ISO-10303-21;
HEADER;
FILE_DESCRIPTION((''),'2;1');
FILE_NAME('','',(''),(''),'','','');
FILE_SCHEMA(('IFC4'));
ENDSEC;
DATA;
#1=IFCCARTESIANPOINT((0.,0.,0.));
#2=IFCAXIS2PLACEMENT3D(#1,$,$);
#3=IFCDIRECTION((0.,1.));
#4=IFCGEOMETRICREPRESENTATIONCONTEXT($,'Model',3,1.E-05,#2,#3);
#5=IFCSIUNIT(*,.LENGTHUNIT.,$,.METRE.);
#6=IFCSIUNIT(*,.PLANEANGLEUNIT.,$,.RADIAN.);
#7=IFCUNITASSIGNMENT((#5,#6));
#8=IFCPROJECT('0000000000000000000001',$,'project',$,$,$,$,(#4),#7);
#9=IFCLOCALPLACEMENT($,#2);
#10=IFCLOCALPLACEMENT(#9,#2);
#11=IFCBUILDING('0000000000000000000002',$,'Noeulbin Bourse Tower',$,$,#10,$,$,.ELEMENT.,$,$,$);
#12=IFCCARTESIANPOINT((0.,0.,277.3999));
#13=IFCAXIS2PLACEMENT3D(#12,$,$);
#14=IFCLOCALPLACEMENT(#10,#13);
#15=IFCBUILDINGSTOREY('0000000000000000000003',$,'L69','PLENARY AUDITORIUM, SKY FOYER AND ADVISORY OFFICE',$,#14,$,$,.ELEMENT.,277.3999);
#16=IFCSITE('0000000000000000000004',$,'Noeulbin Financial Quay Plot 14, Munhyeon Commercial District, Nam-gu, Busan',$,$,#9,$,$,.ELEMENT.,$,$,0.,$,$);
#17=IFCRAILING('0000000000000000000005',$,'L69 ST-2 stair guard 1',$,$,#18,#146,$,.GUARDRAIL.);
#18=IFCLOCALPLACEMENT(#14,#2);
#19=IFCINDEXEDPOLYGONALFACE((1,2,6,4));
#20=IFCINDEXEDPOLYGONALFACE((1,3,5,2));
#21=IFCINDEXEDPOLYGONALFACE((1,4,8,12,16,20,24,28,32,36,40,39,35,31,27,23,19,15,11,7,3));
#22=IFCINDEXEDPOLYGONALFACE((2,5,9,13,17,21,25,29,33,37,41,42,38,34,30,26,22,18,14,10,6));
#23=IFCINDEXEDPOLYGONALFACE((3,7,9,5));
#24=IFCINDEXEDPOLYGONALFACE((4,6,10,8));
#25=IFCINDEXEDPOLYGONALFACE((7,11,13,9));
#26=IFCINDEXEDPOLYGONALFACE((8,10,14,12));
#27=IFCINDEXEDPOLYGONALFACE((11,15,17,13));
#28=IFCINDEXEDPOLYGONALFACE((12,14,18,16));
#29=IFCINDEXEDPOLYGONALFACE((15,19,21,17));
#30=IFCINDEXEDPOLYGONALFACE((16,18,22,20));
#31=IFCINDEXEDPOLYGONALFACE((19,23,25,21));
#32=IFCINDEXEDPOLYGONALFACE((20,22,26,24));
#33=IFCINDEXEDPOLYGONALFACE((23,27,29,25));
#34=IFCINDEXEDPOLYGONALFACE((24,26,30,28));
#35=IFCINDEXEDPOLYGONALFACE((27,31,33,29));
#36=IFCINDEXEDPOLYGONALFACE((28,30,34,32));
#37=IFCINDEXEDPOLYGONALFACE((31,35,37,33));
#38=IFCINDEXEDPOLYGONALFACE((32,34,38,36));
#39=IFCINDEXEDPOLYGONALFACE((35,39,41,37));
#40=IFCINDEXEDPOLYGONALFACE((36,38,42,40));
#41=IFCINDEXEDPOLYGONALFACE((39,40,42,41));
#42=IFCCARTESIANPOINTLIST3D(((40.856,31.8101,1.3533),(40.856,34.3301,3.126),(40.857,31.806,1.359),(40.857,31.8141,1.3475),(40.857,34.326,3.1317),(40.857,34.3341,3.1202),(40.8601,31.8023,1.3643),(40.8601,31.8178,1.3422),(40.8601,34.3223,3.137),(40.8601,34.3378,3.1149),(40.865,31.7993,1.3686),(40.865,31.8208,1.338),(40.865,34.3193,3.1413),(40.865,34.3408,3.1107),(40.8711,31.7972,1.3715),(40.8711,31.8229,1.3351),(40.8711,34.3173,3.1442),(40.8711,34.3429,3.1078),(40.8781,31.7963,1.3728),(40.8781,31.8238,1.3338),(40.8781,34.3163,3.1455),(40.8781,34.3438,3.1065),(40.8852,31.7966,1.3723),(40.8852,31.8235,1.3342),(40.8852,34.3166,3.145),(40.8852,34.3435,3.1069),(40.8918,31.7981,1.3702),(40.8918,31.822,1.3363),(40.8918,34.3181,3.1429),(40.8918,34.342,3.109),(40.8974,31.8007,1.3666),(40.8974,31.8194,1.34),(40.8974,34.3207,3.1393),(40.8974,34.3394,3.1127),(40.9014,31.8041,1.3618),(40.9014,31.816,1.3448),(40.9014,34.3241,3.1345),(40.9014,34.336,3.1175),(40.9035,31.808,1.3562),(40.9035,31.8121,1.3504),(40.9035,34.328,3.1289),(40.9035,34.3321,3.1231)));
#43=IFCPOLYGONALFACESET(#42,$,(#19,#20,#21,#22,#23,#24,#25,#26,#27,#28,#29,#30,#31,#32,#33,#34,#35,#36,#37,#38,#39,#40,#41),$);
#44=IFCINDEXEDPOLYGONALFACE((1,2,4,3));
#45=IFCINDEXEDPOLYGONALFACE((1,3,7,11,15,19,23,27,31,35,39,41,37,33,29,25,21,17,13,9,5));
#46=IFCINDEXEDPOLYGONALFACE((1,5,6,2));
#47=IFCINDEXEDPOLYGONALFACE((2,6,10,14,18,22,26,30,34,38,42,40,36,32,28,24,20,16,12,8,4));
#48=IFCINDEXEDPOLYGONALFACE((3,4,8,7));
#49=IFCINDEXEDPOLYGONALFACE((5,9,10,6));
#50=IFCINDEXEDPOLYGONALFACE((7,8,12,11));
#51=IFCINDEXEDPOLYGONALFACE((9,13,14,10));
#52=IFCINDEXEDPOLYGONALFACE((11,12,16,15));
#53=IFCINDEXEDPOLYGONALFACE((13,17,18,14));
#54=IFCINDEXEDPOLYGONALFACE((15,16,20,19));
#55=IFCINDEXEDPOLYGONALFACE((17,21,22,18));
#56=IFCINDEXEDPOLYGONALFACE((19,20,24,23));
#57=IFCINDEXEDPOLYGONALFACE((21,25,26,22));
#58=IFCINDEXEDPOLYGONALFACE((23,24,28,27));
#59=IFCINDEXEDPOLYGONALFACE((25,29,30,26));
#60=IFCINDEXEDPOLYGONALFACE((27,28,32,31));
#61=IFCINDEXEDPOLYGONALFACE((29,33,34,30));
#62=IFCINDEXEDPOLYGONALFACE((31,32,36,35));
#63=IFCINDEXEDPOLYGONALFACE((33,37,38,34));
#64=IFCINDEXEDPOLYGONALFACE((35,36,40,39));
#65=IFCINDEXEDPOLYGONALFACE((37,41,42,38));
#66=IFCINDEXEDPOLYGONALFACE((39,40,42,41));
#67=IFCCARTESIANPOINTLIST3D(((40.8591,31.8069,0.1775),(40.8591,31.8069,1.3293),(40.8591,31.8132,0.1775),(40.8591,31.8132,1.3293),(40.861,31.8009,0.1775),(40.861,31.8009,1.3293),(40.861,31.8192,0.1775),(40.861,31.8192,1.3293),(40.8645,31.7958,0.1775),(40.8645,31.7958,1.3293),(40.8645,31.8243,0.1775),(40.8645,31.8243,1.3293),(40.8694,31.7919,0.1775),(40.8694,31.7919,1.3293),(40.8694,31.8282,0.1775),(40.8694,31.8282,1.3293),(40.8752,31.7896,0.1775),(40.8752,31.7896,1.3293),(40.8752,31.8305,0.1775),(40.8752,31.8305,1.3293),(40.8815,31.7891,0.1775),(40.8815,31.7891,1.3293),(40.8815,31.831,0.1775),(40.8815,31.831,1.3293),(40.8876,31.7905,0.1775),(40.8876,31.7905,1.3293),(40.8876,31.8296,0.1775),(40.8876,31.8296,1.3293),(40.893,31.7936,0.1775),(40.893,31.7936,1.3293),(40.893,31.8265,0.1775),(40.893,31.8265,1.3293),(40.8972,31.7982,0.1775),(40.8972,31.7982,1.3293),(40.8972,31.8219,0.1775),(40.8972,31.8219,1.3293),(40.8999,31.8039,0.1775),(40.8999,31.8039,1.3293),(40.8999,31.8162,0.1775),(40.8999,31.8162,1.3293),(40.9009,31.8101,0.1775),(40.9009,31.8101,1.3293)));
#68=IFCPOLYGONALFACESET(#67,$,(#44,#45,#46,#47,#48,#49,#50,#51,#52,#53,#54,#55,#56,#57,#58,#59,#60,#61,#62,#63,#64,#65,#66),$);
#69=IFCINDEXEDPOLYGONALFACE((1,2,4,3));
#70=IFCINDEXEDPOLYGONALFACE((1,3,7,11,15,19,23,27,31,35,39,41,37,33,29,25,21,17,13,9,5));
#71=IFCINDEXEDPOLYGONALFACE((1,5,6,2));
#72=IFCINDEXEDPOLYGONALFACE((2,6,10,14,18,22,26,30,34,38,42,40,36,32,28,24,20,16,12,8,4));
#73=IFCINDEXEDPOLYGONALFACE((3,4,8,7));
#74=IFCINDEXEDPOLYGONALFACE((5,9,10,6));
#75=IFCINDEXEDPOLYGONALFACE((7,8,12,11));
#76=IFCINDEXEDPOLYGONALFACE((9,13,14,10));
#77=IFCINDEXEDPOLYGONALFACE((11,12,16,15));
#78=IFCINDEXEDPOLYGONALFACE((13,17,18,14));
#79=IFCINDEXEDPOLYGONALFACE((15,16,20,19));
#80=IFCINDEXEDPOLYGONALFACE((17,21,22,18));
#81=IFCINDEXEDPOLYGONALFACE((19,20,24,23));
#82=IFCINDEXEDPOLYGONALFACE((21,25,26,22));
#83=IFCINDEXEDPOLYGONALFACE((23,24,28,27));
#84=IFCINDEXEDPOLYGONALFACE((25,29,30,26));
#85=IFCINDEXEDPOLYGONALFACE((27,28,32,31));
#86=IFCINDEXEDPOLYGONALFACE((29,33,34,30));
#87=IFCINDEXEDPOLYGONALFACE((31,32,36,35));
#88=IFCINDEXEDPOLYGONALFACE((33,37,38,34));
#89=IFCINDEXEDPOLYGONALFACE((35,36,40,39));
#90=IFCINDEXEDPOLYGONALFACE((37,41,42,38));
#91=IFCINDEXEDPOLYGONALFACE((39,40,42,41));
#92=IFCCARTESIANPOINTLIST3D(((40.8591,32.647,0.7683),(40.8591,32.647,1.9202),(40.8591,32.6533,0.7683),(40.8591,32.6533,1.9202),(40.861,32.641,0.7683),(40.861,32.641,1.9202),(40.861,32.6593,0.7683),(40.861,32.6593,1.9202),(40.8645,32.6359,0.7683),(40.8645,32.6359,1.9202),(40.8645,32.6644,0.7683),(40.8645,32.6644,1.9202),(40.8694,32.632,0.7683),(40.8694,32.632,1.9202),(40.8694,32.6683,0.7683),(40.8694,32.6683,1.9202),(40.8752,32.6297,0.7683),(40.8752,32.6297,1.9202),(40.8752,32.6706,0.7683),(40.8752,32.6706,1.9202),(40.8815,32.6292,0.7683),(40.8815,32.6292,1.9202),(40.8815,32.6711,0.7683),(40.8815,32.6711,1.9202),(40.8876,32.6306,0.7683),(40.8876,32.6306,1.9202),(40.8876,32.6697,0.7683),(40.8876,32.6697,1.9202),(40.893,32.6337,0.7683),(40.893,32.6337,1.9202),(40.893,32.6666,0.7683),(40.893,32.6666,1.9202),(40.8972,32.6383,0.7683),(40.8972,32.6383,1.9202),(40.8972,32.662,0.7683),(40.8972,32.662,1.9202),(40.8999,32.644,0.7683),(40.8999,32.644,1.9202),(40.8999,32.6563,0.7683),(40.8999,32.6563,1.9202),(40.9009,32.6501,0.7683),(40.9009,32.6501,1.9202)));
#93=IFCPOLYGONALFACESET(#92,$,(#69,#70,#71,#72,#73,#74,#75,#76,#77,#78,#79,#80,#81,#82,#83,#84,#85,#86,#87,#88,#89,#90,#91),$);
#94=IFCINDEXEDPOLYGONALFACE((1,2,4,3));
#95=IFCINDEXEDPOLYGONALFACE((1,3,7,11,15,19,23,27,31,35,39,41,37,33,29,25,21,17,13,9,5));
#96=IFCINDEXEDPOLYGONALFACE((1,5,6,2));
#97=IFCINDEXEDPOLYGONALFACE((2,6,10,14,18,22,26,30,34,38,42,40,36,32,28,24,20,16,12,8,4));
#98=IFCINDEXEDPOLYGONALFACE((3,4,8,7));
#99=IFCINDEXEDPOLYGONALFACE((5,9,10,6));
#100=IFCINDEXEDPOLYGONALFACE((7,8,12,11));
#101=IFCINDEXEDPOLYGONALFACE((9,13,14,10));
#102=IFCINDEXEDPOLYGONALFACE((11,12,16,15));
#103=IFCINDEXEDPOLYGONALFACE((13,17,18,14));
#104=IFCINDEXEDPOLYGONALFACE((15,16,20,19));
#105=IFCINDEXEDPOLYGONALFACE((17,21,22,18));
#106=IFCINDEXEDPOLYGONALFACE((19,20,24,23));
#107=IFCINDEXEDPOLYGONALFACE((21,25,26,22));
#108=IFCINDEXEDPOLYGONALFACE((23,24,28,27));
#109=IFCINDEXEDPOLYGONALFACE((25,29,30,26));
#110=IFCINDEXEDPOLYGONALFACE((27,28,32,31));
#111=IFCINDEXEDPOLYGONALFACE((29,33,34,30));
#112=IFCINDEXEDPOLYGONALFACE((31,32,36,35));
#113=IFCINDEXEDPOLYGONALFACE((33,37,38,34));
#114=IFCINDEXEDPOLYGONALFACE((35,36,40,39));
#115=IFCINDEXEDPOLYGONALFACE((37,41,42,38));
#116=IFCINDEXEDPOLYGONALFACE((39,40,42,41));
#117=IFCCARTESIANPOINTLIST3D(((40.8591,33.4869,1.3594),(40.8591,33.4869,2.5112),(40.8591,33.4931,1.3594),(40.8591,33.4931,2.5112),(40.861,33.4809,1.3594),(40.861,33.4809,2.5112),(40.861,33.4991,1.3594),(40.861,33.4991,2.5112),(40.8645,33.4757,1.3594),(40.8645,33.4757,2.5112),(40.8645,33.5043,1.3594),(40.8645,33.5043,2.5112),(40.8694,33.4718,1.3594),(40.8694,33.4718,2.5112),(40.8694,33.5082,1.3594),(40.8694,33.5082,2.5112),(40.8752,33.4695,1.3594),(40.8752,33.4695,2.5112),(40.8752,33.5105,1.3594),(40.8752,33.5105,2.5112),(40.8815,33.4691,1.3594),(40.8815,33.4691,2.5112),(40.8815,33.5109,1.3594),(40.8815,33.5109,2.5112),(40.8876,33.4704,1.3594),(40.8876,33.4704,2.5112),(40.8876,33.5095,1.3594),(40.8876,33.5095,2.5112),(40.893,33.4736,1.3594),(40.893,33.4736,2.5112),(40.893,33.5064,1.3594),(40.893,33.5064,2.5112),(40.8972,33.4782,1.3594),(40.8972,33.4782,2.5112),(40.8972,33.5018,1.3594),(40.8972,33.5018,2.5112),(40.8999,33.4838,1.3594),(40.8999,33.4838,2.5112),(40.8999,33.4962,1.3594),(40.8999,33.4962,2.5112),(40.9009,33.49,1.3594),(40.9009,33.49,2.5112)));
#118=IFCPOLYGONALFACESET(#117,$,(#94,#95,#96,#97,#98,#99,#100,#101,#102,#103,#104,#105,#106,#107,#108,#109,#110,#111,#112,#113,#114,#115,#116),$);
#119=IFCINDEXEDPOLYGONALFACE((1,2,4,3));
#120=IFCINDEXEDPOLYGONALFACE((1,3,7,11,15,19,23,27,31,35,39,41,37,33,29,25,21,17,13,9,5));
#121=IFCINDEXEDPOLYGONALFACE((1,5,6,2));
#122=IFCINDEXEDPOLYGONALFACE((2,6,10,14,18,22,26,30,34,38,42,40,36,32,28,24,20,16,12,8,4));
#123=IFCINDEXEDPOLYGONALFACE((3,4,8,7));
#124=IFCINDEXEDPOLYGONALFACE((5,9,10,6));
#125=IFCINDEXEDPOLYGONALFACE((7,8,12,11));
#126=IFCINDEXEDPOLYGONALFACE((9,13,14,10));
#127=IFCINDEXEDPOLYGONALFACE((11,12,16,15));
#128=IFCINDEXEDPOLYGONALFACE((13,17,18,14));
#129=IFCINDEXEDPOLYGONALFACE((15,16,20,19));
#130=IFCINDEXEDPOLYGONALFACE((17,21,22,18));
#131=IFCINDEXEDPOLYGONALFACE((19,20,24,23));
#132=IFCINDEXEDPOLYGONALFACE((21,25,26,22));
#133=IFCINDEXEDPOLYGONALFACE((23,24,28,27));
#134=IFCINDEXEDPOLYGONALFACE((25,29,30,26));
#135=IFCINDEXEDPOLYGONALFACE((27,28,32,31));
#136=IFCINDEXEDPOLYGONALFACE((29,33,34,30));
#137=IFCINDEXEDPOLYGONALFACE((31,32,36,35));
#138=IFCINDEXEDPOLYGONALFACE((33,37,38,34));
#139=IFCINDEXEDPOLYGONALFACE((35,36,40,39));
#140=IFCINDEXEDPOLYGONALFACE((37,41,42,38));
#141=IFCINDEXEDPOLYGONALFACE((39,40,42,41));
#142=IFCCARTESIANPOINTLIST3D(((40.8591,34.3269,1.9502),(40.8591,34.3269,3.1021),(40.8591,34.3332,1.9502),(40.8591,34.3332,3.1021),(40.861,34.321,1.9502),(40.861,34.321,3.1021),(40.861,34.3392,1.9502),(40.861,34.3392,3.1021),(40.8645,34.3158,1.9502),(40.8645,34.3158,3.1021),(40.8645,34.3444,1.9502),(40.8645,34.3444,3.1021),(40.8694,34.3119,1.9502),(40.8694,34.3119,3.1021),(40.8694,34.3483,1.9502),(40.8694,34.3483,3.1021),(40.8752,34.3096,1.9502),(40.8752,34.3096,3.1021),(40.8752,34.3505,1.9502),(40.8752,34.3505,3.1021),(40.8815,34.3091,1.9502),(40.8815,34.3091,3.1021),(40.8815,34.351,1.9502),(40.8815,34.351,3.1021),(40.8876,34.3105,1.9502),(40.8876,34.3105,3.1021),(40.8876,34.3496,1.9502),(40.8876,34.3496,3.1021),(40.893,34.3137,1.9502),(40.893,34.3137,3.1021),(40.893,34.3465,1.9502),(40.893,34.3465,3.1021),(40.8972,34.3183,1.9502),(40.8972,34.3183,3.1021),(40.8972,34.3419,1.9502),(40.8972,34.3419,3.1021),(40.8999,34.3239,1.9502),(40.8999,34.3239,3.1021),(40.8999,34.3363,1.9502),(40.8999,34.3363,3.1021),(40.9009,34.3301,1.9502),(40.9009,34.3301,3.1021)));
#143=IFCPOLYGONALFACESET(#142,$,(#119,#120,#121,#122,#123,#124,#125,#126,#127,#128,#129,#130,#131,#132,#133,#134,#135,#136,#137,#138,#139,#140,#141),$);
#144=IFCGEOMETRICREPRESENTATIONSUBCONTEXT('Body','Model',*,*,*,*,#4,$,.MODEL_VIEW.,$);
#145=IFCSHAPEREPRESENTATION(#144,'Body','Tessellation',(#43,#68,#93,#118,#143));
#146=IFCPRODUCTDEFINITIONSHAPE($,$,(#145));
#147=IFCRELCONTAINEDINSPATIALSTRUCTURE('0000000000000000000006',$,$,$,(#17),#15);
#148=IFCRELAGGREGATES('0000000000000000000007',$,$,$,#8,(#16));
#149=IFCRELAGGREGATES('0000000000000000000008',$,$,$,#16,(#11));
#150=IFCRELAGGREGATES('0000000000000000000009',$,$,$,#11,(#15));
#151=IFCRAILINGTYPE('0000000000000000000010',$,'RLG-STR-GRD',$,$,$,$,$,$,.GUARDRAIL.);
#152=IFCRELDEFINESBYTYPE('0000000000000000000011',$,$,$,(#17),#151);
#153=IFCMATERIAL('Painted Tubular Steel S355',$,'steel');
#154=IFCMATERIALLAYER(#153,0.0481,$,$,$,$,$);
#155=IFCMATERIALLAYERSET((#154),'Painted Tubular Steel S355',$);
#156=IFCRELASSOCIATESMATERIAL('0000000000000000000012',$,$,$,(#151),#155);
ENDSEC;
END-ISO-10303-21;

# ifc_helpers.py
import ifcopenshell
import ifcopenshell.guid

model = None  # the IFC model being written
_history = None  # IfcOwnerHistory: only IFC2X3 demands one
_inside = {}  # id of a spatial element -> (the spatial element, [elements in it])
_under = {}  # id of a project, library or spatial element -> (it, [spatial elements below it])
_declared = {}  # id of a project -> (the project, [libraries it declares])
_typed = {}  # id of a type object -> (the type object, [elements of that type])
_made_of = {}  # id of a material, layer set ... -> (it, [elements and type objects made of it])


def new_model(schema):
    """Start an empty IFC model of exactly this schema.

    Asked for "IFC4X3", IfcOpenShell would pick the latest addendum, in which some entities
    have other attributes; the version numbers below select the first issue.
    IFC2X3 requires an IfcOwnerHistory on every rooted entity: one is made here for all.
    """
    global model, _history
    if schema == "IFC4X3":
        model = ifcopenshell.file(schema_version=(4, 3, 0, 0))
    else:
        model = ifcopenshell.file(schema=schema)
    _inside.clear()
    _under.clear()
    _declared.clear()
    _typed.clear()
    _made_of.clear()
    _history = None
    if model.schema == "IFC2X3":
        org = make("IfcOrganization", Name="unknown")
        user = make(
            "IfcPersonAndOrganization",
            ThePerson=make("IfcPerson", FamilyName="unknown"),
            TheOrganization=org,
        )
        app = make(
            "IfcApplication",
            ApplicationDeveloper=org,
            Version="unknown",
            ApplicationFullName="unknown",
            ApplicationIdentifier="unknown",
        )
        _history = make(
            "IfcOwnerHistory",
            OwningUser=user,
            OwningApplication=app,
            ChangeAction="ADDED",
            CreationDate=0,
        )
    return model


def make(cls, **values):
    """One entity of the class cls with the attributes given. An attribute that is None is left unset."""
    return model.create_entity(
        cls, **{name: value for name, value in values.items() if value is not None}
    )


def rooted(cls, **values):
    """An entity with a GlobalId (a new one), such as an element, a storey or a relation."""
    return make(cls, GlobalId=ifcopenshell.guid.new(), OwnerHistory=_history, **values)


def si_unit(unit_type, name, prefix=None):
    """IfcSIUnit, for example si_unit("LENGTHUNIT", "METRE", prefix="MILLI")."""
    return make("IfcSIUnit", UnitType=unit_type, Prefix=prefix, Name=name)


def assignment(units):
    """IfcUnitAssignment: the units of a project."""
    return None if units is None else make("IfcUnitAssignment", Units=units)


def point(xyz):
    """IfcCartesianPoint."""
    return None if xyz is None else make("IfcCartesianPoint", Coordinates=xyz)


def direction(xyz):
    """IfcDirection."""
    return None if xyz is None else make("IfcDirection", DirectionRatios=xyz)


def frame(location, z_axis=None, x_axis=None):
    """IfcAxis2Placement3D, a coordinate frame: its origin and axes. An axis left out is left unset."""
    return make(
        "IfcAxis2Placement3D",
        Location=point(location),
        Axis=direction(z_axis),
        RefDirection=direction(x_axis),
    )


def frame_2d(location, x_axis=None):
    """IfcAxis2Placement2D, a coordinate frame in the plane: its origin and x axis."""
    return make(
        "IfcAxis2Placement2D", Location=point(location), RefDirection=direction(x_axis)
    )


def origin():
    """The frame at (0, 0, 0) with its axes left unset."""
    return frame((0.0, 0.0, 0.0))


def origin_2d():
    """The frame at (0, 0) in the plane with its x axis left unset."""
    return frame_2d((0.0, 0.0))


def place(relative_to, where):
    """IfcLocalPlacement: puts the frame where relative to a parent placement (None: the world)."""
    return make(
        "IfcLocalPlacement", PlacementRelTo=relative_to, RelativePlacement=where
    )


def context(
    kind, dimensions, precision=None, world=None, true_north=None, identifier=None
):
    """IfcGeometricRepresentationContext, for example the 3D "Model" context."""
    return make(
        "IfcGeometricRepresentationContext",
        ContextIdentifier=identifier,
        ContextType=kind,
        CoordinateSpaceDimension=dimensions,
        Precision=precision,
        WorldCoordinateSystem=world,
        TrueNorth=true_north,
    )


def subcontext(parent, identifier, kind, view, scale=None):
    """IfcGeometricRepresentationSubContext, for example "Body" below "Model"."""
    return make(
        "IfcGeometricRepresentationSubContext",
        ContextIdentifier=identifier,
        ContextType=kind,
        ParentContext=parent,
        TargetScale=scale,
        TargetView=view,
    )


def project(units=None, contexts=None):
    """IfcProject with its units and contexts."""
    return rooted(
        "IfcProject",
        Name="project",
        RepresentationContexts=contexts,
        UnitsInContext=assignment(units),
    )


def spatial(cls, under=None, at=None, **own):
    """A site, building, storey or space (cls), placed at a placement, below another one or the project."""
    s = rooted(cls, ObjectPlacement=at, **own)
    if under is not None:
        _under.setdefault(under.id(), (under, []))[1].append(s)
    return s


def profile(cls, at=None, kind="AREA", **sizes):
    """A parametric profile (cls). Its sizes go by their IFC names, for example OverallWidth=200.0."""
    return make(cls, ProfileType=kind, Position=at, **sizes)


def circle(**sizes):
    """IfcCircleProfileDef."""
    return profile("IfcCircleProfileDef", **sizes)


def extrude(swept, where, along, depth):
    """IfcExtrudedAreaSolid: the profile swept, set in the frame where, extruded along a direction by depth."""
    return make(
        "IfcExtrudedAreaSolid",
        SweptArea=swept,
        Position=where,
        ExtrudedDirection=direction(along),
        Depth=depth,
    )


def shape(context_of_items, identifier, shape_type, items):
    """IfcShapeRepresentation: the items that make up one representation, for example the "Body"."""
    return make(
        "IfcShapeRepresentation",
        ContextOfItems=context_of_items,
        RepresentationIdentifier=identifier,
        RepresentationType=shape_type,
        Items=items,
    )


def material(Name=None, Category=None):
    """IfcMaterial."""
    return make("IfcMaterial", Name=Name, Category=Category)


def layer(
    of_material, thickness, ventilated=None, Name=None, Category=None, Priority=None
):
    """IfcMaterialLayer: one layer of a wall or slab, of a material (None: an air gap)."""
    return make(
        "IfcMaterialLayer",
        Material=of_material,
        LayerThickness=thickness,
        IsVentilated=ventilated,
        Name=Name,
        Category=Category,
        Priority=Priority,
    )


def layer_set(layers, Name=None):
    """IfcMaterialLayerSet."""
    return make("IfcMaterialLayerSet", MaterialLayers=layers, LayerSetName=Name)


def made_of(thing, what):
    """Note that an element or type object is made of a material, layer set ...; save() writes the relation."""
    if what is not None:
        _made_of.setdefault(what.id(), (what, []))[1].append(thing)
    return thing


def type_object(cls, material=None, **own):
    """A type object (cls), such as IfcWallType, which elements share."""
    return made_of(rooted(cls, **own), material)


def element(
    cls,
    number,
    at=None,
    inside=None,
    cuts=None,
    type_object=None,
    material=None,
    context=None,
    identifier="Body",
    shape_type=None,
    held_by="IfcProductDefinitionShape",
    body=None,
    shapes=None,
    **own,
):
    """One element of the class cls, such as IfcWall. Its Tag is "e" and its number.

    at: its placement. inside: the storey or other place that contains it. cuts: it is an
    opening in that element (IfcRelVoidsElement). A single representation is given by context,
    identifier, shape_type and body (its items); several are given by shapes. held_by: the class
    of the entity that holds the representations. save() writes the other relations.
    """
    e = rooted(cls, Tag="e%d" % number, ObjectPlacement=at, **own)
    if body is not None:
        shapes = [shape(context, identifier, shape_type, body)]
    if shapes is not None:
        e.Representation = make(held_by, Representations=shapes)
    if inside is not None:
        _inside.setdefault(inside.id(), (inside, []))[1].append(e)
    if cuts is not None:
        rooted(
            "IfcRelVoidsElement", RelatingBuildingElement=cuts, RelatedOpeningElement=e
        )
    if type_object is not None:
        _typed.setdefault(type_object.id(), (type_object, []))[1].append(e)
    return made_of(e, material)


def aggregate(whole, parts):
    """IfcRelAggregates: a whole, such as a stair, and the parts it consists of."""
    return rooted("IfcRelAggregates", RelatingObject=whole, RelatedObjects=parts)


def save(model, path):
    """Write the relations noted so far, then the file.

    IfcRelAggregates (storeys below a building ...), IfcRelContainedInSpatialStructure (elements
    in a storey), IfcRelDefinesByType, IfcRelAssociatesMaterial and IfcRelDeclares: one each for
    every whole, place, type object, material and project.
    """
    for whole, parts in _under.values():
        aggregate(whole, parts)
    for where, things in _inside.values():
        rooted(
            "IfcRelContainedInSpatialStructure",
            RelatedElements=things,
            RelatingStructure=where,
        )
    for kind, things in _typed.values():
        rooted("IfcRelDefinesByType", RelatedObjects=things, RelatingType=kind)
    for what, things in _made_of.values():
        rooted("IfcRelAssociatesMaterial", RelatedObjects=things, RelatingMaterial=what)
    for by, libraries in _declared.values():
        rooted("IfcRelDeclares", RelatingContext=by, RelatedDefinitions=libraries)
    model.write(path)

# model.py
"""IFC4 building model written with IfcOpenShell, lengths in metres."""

from ifc_helpers import new_model, si_unit, direction, frame, origin, origin_2d, place, context, subcontext, project, spatial, circle, extrude, material, layer, layer_set, type_object, element, save


model = new_model("IFC4")

# Units and contexts
model_context = context("Model", 3, precision=1e-05, world=origin(), true_north=direction((0.0, 1.0)))
body_context = subcontext(model_context, "Body", "Model", "MODEL_VIEW")
ifc_project = project(units=[si_unit("LENGTHUNIT", "METRE"), si_unit("PLANEANGLEUNIT", "RADIAN")], contexts=[model_context])

# Site, building, storey
site_placement = place(None, origin())
site = spatial("IfcSite", under=ifc_project, at=site_placement, Name="Noeulbin Financial Quay Plot 14, Munhyeon Commercial District, Nam-gu, Busan", CompositionType="ELEMENT", RefElevation=0.0)
building_placement = place(site_placement, origin())
building = spatial("IfcBuilding", under=site, at=building_placement, Name="Noeulbin Bourse Tower", CompositionType="ELEMENT")
storey_placement = place(building_placement, frame((0.0, 0.0, 277.3999)))
storey = spatial("IfcBuildingStorey", under=building, at=storey_placement, Name="L69", Description="PLENARY AUDITORIUM, SKY FOYER AND ADVISORY OFFICE", CompositionType="ELEMENT", Elevation=277.3999)

# Railing
ifc_material_1 = material(Name="Painted Tubular Steel S355", Category="steel")
ifc_layer_1 = layer(ifc_material_1, 0.0481)
ifc_layer_set_1 = layer_set([ifc_layer_1], Name="Painted Tubular Steel S355")
railing_type = type_object("IfcRailingType", Name="RLG-STR-GRD", PredefinedType="GUARDRAIL", material=ifc_layer_set_1)
railing_1_placement = place(storey_placement, frame((40.8799, 31.8101, 0.1775)))
element("IfcRailing", 1, at=railing_1_placement, inside=storey, type_object=railing_type, Name="L69 ST-2 stair guard 1", PredefinedType="GUARDRAIL", context=body_context, shape_type="SweptSolid", body=[
    extrude(circle(Radius=0.0239, at=origin_2d()), frame((0.0, 0.0, 1.1758), z_axis=(0.0, 0.817904, 0.575354), x_axis=(-1.0, 0.0, 0.0)), (0.0, 0.0, 1.0), 3.0811),
    extrude(circle(Radius=0.021, at=origin_2d()), origin(), (0.0, 0.0, 1.0), 1.1519),
    extrude(circle(Radius=0.021, at=origin_2d()), frame((0.0, 0.8401, 0.5908)), (0.0, 0.0, 1.0), 1.1519),
    extrude(circle(Radius=0.021, at=origin_2d()), frame((0.0, 1.6799, 1.1819)), (0.0, 0.0, 1.0), 1.1519),
    extrude(circle(Radius=0.021, at=origin_2d()), frame((0.0, 2.52, 1.7727)), (0.0, 0.0, 1.0), 1.1519),
])

save(model, "model.ifc")
